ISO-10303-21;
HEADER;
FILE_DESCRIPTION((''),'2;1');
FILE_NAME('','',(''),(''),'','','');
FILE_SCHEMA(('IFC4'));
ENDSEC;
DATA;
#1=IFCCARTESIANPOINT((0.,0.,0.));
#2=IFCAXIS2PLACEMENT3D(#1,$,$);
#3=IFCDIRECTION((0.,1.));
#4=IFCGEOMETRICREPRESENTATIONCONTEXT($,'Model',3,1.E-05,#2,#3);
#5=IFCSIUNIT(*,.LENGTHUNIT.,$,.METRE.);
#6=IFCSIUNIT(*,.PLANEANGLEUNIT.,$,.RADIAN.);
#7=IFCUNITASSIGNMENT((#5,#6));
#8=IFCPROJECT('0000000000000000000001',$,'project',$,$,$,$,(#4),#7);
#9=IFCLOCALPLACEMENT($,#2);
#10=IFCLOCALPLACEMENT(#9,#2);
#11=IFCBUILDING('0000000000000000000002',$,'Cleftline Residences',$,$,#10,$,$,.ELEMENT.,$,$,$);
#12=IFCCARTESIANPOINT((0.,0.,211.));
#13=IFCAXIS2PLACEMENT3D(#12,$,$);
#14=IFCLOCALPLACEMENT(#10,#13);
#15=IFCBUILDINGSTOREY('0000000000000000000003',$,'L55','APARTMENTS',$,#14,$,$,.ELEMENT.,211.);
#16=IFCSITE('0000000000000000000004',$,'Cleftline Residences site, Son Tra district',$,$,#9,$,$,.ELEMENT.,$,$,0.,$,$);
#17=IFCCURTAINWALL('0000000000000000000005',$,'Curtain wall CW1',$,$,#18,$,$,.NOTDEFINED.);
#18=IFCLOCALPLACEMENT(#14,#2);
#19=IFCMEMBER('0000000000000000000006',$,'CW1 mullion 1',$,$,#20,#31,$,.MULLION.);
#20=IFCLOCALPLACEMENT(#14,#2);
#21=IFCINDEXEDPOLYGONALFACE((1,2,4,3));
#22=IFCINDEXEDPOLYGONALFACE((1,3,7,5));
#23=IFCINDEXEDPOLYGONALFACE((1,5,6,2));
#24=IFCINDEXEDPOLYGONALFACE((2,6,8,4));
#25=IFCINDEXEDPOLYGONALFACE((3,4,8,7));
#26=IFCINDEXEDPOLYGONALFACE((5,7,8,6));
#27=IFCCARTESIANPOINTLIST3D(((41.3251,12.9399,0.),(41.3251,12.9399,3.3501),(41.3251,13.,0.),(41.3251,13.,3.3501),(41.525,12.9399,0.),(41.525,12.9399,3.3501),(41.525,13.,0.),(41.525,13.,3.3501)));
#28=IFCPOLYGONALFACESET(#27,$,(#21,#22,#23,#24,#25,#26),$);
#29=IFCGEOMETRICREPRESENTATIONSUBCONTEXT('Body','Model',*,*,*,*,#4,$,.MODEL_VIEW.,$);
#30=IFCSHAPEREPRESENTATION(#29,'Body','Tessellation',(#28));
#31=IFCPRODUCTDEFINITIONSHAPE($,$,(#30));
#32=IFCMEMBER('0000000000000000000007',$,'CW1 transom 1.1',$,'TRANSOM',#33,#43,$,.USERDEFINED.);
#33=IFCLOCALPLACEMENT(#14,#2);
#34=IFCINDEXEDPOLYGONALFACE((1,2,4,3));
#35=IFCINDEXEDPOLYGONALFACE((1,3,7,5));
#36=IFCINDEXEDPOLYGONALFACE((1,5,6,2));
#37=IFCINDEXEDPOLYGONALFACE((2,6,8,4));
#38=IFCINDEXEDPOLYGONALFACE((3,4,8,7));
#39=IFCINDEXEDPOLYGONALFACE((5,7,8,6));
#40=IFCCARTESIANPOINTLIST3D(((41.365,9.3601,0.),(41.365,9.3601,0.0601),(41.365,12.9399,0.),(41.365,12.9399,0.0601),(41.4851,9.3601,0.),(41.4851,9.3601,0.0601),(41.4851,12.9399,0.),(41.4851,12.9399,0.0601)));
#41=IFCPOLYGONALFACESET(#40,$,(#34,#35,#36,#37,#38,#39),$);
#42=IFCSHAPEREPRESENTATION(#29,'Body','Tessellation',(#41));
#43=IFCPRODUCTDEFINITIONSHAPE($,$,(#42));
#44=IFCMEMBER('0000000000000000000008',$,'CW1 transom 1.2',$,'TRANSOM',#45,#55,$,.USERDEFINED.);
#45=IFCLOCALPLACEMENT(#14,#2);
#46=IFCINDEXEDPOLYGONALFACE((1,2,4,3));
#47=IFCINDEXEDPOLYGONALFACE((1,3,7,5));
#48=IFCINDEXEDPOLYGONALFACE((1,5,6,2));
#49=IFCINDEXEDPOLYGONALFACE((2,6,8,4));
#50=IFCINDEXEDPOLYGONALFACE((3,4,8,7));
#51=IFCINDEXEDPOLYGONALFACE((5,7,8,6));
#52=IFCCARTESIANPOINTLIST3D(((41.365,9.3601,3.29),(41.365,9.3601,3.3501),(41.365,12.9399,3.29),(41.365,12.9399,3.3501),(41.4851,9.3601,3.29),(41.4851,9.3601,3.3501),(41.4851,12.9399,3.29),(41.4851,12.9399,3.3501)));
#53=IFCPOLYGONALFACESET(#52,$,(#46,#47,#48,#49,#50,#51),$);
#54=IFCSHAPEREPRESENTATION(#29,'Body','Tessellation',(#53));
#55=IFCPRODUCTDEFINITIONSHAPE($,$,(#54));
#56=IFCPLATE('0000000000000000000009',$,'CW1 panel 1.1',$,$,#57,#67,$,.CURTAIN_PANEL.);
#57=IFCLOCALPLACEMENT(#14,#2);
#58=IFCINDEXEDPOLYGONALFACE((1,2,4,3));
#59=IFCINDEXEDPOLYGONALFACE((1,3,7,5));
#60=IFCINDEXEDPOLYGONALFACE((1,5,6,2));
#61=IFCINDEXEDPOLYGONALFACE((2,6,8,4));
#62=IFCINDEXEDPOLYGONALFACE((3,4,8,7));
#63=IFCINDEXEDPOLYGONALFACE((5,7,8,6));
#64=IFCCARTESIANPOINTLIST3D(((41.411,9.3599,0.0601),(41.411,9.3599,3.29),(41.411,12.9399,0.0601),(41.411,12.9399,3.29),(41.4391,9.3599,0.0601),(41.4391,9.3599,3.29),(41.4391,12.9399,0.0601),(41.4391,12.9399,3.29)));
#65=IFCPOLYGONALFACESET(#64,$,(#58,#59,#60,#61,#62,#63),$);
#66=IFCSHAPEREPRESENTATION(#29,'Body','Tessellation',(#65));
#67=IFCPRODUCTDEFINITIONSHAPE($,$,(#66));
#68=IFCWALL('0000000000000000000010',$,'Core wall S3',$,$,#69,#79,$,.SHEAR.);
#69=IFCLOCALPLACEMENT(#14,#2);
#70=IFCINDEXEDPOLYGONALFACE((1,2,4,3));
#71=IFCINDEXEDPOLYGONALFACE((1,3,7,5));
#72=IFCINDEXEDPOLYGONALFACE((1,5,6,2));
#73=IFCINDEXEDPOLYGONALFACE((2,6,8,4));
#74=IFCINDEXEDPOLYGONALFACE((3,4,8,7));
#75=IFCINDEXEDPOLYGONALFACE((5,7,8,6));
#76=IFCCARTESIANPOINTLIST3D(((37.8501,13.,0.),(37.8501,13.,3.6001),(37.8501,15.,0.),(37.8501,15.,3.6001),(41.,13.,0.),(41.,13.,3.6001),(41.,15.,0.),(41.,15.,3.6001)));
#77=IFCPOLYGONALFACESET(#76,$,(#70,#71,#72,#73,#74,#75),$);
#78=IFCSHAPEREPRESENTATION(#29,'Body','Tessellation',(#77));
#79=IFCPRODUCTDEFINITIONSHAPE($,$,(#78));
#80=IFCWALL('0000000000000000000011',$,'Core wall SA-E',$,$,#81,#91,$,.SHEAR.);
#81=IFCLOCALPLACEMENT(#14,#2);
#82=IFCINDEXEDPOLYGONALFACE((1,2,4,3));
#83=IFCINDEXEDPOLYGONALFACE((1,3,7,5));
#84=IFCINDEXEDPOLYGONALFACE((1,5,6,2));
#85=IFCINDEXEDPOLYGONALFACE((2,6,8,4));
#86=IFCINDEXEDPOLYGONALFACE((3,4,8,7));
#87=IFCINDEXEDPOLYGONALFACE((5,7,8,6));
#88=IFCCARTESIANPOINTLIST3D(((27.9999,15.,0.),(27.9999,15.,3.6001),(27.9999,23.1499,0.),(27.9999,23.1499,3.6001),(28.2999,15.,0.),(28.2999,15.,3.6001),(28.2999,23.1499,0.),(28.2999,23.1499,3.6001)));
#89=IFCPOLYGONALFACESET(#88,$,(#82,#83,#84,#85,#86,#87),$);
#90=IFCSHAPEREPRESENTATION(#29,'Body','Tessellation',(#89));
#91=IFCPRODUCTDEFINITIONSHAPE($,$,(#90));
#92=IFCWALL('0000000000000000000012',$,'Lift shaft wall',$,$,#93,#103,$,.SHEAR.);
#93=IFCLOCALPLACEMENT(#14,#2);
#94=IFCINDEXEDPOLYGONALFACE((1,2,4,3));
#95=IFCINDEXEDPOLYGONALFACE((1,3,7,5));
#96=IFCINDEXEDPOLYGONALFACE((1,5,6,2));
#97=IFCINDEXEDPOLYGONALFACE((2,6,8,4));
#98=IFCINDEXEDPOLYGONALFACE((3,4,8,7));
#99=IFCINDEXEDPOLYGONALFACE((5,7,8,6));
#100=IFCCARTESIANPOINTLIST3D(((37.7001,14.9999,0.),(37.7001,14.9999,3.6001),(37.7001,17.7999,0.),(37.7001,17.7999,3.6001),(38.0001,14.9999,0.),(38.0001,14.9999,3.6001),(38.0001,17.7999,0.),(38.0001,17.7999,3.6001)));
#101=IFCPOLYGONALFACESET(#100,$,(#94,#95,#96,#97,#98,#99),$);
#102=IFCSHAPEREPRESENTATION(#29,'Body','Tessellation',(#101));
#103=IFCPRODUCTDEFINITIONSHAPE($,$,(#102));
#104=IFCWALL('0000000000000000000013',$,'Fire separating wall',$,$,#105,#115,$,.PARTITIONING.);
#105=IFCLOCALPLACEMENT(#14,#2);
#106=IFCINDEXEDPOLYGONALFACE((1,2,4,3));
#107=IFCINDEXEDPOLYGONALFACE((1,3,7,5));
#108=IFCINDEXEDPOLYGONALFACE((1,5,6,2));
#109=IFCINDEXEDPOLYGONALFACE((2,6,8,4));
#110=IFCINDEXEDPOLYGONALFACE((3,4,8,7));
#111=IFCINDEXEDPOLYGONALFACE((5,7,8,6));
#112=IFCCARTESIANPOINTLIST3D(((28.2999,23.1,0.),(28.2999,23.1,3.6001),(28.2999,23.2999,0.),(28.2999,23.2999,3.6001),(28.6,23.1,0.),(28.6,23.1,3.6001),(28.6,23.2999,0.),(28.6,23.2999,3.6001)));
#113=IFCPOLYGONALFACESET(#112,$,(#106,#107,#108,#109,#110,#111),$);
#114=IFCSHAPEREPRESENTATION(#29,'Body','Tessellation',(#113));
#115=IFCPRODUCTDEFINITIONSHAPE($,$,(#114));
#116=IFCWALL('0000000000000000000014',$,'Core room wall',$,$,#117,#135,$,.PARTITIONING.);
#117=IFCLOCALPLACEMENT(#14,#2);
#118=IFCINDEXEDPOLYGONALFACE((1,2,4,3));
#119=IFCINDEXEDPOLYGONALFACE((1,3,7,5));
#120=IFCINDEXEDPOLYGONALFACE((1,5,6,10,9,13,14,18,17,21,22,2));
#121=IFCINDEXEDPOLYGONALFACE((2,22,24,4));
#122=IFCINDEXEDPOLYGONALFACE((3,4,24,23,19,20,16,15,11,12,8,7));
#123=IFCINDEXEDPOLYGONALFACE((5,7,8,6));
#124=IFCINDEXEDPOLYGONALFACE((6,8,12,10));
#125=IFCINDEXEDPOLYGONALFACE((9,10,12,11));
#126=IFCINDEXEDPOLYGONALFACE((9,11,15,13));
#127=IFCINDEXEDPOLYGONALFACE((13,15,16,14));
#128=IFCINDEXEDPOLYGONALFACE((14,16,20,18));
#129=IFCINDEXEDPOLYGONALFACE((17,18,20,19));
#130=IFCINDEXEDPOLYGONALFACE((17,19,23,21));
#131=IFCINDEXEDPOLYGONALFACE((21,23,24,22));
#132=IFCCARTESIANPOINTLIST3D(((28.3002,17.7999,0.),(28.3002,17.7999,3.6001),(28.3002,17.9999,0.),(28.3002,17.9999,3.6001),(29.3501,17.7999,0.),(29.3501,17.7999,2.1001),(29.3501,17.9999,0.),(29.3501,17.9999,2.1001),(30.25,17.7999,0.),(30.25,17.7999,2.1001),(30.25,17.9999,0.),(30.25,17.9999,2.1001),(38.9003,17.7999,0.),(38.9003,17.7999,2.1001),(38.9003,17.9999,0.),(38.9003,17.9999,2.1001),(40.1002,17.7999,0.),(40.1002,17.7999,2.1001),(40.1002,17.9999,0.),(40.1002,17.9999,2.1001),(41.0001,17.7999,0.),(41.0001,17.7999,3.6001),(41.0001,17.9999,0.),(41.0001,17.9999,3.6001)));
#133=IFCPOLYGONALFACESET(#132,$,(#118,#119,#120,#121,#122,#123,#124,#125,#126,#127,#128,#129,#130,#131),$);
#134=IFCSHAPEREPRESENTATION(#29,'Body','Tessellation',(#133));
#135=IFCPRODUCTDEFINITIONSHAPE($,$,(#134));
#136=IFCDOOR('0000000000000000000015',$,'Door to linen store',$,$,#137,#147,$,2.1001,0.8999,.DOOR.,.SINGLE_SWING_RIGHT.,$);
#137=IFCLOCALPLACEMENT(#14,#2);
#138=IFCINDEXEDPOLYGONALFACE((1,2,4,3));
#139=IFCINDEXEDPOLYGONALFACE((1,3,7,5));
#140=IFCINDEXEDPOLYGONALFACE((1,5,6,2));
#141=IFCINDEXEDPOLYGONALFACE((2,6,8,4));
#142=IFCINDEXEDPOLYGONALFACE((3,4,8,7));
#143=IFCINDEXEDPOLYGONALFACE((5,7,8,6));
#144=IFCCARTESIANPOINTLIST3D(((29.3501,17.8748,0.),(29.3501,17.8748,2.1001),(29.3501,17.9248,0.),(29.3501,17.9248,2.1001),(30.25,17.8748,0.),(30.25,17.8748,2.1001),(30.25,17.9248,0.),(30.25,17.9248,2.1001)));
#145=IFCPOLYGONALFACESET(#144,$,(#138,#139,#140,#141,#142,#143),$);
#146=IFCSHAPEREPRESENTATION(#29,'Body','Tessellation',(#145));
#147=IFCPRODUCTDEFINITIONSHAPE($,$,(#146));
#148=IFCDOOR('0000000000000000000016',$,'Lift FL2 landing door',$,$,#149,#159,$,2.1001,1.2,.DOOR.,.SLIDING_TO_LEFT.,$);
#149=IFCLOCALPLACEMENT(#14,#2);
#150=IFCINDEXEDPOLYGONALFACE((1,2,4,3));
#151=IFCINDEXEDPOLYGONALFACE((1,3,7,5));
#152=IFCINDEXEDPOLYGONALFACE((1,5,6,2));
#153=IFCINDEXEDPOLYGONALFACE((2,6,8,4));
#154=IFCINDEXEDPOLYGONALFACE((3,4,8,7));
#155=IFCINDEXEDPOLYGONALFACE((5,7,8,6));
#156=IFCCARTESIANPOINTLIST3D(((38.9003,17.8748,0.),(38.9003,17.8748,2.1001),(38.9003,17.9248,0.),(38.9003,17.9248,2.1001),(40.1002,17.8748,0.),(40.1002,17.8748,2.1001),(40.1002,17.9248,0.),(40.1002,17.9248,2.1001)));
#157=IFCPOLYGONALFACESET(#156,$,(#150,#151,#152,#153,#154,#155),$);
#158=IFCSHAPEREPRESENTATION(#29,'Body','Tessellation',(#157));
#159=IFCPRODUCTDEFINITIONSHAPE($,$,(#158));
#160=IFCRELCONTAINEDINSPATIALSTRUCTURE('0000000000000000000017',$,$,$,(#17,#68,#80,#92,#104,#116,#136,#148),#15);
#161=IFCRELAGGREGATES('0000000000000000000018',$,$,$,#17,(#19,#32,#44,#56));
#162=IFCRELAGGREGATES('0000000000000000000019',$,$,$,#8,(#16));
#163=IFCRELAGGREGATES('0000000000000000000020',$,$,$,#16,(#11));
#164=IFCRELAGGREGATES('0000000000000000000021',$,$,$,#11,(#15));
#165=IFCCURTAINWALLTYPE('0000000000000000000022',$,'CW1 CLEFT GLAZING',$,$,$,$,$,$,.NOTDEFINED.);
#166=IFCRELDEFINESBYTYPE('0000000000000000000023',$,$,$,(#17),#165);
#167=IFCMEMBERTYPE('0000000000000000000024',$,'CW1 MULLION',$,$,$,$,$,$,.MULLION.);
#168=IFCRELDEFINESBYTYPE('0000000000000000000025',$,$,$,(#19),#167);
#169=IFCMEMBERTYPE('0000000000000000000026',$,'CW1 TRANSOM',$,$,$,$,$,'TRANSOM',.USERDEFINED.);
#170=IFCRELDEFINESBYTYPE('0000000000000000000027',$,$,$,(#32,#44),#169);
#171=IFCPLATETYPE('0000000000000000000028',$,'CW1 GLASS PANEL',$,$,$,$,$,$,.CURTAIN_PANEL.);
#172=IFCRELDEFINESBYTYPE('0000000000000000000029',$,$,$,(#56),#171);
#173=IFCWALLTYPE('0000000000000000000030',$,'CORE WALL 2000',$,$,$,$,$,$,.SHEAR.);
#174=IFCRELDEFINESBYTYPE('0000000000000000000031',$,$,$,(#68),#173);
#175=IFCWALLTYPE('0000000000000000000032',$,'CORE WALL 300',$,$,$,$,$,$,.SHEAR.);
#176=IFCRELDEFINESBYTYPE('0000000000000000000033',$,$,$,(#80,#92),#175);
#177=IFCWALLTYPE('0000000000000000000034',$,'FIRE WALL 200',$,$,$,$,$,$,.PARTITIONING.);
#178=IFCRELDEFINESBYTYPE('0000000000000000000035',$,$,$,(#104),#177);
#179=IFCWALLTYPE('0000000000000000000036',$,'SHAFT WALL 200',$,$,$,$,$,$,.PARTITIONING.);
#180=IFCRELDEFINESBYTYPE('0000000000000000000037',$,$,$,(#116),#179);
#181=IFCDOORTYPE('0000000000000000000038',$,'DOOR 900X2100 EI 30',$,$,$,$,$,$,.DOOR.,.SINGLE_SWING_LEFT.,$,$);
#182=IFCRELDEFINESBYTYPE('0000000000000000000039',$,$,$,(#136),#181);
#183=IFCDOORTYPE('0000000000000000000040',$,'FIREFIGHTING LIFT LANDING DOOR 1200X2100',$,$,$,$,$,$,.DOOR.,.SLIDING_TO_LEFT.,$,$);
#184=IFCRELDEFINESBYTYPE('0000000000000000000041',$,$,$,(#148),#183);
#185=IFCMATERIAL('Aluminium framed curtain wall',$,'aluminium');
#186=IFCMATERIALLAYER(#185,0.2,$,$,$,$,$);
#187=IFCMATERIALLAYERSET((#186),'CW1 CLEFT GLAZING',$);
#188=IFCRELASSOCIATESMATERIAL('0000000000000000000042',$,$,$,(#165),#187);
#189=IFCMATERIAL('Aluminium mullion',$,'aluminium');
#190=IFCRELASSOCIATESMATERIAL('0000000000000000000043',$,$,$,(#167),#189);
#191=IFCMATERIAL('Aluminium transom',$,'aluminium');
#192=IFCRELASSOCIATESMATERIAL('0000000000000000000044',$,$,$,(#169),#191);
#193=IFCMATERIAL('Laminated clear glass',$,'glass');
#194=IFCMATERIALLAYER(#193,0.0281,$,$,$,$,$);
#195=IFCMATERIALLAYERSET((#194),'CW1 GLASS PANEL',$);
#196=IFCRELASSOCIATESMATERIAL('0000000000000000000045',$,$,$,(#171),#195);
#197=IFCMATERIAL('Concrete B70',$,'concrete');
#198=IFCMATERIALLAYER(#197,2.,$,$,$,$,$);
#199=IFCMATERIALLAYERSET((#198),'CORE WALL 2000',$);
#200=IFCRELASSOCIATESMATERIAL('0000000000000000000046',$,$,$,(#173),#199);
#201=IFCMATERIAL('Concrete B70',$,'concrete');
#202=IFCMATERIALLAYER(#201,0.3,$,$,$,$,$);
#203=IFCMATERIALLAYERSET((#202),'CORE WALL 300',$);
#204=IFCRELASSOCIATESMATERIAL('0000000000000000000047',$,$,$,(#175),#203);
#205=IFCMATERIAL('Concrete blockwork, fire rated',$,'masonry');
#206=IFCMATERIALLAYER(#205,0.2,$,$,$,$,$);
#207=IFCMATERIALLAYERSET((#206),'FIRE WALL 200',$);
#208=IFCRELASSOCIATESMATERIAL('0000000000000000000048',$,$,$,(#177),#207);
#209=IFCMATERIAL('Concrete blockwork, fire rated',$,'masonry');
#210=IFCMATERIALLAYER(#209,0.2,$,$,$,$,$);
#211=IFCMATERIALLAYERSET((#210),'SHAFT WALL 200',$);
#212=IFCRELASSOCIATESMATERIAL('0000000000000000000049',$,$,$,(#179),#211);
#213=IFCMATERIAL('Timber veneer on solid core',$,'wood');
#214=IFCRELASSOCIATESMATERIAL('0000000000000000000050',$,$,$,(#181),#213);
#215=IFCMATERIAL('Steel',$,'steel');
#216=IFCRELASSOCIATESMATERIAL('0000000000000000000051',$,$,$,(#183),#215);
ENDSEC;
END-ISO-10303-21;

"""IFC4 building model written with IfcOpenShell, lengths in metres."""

from ifc_helpers import new_model, si_unit, direction, frame, frame_2d, origin, origin_2d, place, context, subcontext, project, spatial, rectangle, extrude, material, layer, layer_set, material_profile, profile_set, type_object, element, fill, aggregate, save


model = new_model("IFC4")

# Units and contexts
model_context = context("Model", 3, precision=1e-05, world=origin(), true_north=direction((0.0, 1.0)))
body_context = subcontext(model_context, "Body", "Model", "MODEL_VIEW")
ifc_project = project(units=[si_unit("LENGTHUNIT", "METRE"), si_unit("PLANEANGLEUNIT", "RADIAN")], contexts=[model_context])

# Site, building, storey
site_placement = place(None, origin())
site = spatial("IfcSite", under=ifc_project, at=site_placement, Name="Cleftline Residences site, Son Tra district", CompositionType="ELEMENT", RefElevation=0.0)
building_placement = place(site_placement, origin())
building = spatial("IfcBuilding", under=site, at=building_placement, Name="Cleftline Residences", CompositionType="ELEMENT")
storey_placement = place(building_placement, frame((0.0, 0.0, 211.0)))
storey = spatial("IfcBuildingStorey", under=building, at=storey_placement, Name="L55", Description="APARTMENTS", CompositionType="ELEMENT", Elevation=211.0)

# Curtain wall, members, plate
ifc_material_1 = material(Name="Aluminium framed curtain wall", Category="aluminium")
ifc_layer_1 = layer(ifc_material_1, 0.2)
ifc_layer_set_1 = layer_set([ifc_layer_1], Name="CW1 CLEFT GLAZING")
curtain_wall_type = type_object("IfcCurtainWallType", Name="CW1 CLEFT GLAZING", PredefinedType="NOTDEFINED", material=ifc_layer_set_1)
curtain_wall_placement = place(storey_placement, origin())
curtain_wall = element("IfcCurtainWall", 1, at=curtain_wall_placement, inside=storey, type_object=curtain_wall_type, Name="Curtain wall CW1", PredefinedType="NOTDEFINED")
ifc_material_2 = material(Name="Aluminium mullion", Category="aluminium")
ifc_material_profile_1 = material_profile(ifc_material_2, rectangle(XDim=0.2, YDim=0.0601, at=origin_2d()))
ifc_profile_set_1 = profile_set([ifc_material_profile_1], Name="Aluminium mullion")
member_type_1 = type_object("IfcMemberType", Name="CW1 MULLION", PredefinedType="MULLION", material=ifc_profile_set_1)
member_1_placement = place(storey_placement, frame((41.425, 12.97, 0.0), z_axis=(0.0, 0.0, 1.0), x_axis=(1.0, 0.0, 0.0)))
member_1 = element("IfcMember", 2, at=member_1_placement, type_object=member_type_1, Name="CW1 mullion 1", PredefinedType="MULLION", context=body_context, shape_type="SweptSolid", body=[
    extrude(rectangle(XDim=0.2, YDim=0.0601, at=origin_2d()), origin(), (0.0, 0.0, 1.0), 3.3501),
])
ifc_material_3 = material(Name="Aluminium transom", Category="aluminium")
ifc_material_profile_2 = material_profile(ifc_material_3, rectangle(XDim=0.1201, YDim=0.0601, at=origin_2d()))
ifc_profile_set_2 = profile_set([ifc_material_profile_2], Name="Aluminium transom")
member_type_2 = type_object("IfcMemberType", Name="CW1 TRANSOM", ElementType="TRANSOM", PredefinedType="USERDEFINED", material=ifc_profile_set_2)
member_2_placement = place(storey_placement, frame((41.425, 12.9399, 0.03), z_axis=(0.0, -1.0, 0.0), x_axis=(1.0, 0.0, 0.0)))
member_2 = element("IfcMember", 3, at=member_2_placement, type_object=member_type_2, Name="CW1 transom 1.1", ObjectType="TRANSOM", PredefinedType="USERDEFINED", context=body_context, shape_type="SweptSolid", body=[
    extrude(rectangle(XDim=0.1201, YDim=0.0601, at=origin_2d()), origin(), (0.0, 0.0, 1.0), 3.5798),
])
member_3_placement = place(storey_placement, frame((41.425, 12.9399, 3.3201), z_axis=(0.0, -1.0, 0.0), x_axis=(1.0, 0.0, 0.0)))
member_3 = element("IfcMember", 4, at=member_3_placement, type_object=member_type_2, Name="CW1 transom 1.2", ObjectType="TRANSOM", PredefinedType="USERDEFINED", context=body_context, shape_type="SweptSolid", body=[
    extrude(rectangle(XDim=0.1201, YDim=0.0601, at=origin_2d()), origin(), (0.0, 0.0, 1.0), 3.5798),
])
ifc_material_4 = material(Name="Laminated clear glass", Category="glass")
ifc_layer_2 = layer(ifc_material_4, 0.0281)
ifc_layer_set_2 = layer_set([ifc_layer_2], Name="CW1 GLASS PANEL")
plate_type = type_object("IfcPlateType", Name="CW1 GLASS PANEL", PredefinedType="CURTAIN_PANEL", material=ifc_layer_set_2)
plate_placement = place(storey_placement, frame((41.425, 11.1499, 0.0601), z_axis=(0.0, 0.0, 1.0), x_axis=(0.0, -1.0, 0.0)))
plate = element("IfcPlate", 5, at=plate_placement, type_object=plate_type, Name="CW1 panel 1.1", PredefinedType="CURTAIN_PANEL", context=body_context, shape_type="SweptSolid", body=[
    extrude(rectangle(XDim=3.5801, YDim=0.0281, at=origin_2d()), origin(), (0.0, 0.0, 1.0), 3.23),
])
aggregate(curtain_wall, [member_1, member_2, member_3, plate])

# Walls
ifc_material_5 = material(Name="Concrete B70", Category="concrete")
ifc_layer_3 = layer(ifc_material_5, 2.0)
ifc_layer_set_3 = layer_set([ifc_layer_3], Name="CORE WALL 2000")
wall_type_1 = type_object("IfcWallType", Name="CORE WALL 2000", PredefinedType="SHEAR", material=ifc_layer_set_3)
wall_1_placement = place(storey_placement, frame((37.8501, 14.0, 0.0), z_axis=(0.0, 0.0, 1.0), x_axis=(1.0, 0.0, 0.0)))
element("IfcWall", 6, at=wall_1_placement, inside=storey, type_object=wall_type_1, Name="Core wall S3", PredefinedType="SHEAR", context=body_context, shape_type="SweptSolid", body=[
    extrude(rectangle(XDim=3.1499, YDim=2.0, at=frame_2d((1.575, 0.0))), origin(), (0.0, 0.0, 1.0), 3.6001),
])
ifc_material_6 = material(Name="Concrete B70", Category="concrete")
ifc_layer_4 = layer(ifc_material_6, 0.3)
ifc_layer_set_4 = layer_set([ifc_layer_4], Name="CORE WALL 300")
wall_type_2 = type_object("IfcWallType", Name="CORE WALL 300", PredefinedType="SHEAR", material=ifc_layer_set_4)
wall_2_placement = place(storey_placement, frame((28.1499, 15.0, 0.0), z_axis=(0.0, 0.0, 1.0), x_axis=(0.0, 1.0, 0.0)))
element("IfcWall", 7, at=wall_2_placement, inside=storey, type_object=wall_type_2, Name="Core wall SA-E", PredefinedType="SHEAR", context=body_context, shape_type="SweptSolid", body=[
    extrude(rectangle(XDim=8.1499, YDim=0.3, at=frame_2d((4.075, 0.0))), origin(), (0.0, 0.0, 1.0), 3.6001),
])
wall_3_placement = place(storey_placement, frame((37.8501, 15.0, 0.0), z_axis=(0.0, 0.0, 1.0), x_axis=(0.0, 1.0, 0.0)))
element("IfcWall", 8, at=wall_3_placement, inside=storey, type_object=wall_type_2, Name="Lift shaft wall", PredefinedType="SHEAR", context=body_context, shape_type="SweptSolid", body=[
    extrude(rectangle(XDim=2.8, YDim=0.3, at=frame_2d((1.3999, 0.0))), origin(), (0.0, 0.0, 1.0), 3.6001),
])
ifc_material_7 = material(Name="Concrete blockwork, fire rated", Category="masonry")
ifc_layer_5 = layer(ifc_material_7, 0.2)
ifc_layer_set_5 = layer_set([ifc_layer_5], Name="FIRE WALL 200")
wall_type_3 = type_object("IfcWallType", Name="FIRE WALL 200", PredefinedType="PARTITIONING", material=ifc_layer_set_5)
wall_4_placement = place(storey_placement, frame((28.3, 23.2, 0.0), z_axis=(0.0, 0.0, 1.0), x_axis=(1.0, 0.0, 0.0)))
element("IfcWall", 9, at=wall_4_placement, inside=storey, type_object=wall_type_3, Name="Fire separating wall", PredefinedType="PARTITIONING", context=body_context, shape_type="SweptSolid", body=[
    extrude(rectangle(XDim=0.3, YDim=0.2, at=frame_2d((0.1499, 0.0))), origin(), (0.0, 0.0, 1.0), 3.6001),
])

# Wall, openings, doors
ifc_material_8 = material(Name="Concrete blockwork, fire rated", Category="masonry")
ifc_layer_6 = layer(ifc_material_8, 0.2)
ifc_layer_set_6 = layer_set([ifc_layer_6], Name="SHAFT WALL 200")
wall_type_4 = type_object("IfcWallType", Name="SHAFT WALL 200", PredefinedType="PARTITIONING", material=ifc_layer_set_6)
wall_5_placement = place(storey_placement, frame((28.3, 17.8999, 0.0), z_axis=(0.0, 0.0, 1.0), x_axis=(1.0, 0.0, 0.0)))
wall_5 = element("IfcWall", 10, at=wall_5_placement, inside=storey, type_object=wall_type_4, Name="Core room wall", PredefinedType="PARTITIONING", context=body_context, shape_type="SweptSolid", body=[
    extrude(rectangle(XDim=12.7, YDim=0.2, at=frame_2d((6.3501, 0.0))), origin(), (0.0, 0.0, 1.0), 3.6001),
])
opening_1_placement = place(wall_5_placement, frame((1.05, 0.0, 0.0)))
opening_1 = element("IfcOpeningElement", 11, at=opening_1_placement, cuts=wall_5, PredefinedType="OPENING", context=body_context, shape_type="SweptSolid", body=[
    extrude(rectangle(XDim=0.8999, YDim=2.1001, at=frame_2d((0.45, 1.05))), frame((0.0, 0.1099, 0.0), z_axis=(0.0, -1.0, 0.0), x_axis=(1.0, 0.0, 0.0)), (0.0, 0.0, 1.0), 0.22),
])
opening_2_placement = place(wall_5_placement, frame((10.6001, 0.0, 0.0)))
opening_2 = element("IfcOpeningElement", 12, at=opening_2_placement, cuts=wall_5, PredefinedType="OPENING", context=body_context, shape_type="SweptSolid", body=[
    extrude(rectangle(XDim=1.2, YDim=2.1001, at=frame_2d((0.6001, 1.05))), frame((0.0, 0.1099, 0.0), z_axis=(0.0, -1.0, 0.0), x_axis=(1.0, 0.0, 0.0)), (0.0, 0.0, 1.0), 0.22),
])
ifc_material_9 = material(Name="Timber veneer on solid core", Category="wood")
door_type_1 = type_object("IfcDoorType", Name="DOOR 900X2100 EI 30", OperationType="SINGLE_SWING_LEFT", PredefinedType="DOOR", material=ifc_material_9)
door_1_placement = place(opening_1_placement, origin())
door_1 = element("IfcDoor", 13, at=door_1_placement, inside=storey, type_object=door_type_1, Name="Door to linen store", OperationType="SINGLE_SWING_RIGHT", OverallHeight=2.1001, OverallWidth=0.8999, PredefinedType="DOOR", context=body_context, shape_type="SweptSolid", body=[
    extrude(rectangle(XDim=0.8999, YDim=2.1001, at=frame_2d((0.45, 1.05))), frame((0.0, 0.0249, 0.0), z_axis=(0.0, -1.0, 0.0), x_axis=(1.0, 0.0, 0.0)), (0.0, 0.0, 1.0), 0.05),
])
fill(opening_1, door_1)
ifc_material_10 = material(Name="Steel", Category="steel")
door_type_2 = type_object("IfcDoorType", Name="FIREFIGHTING LIFT LANDING DOOR 1200X2100", OperationType="SLIDING_TO_LEFT", PredefinedType="DOOR", material=ifc_material_10)
door_2_placement = place(opening_2_placement, origin())
door_2 = element("IfcDoor", 14, at=door_2_placement, inside=storey, type_object=door_type_2, Name="Lift FL2 landing door", OperationType="SLIDING_TO_LEFT", OverallHeight=2.1001, OverallWidth=1.2, PredefinedType="DOOR", context=body_context, shape_type="SweptSolid", body=[
    extrude(rectangle(XDim=1.2, YDim=2.1001, at=frame_2d((0.6001, 1.05))), frame((0.0, 0.0249, 0.0), z_axis=(0.0, -1.0, 0.0), x_axis=(1.0, 0.0, 0.0)), (0.0, 0.0, 1.0), 0.05),
])
fill(opening_2, door_2)

save(model, "model.ifc")
